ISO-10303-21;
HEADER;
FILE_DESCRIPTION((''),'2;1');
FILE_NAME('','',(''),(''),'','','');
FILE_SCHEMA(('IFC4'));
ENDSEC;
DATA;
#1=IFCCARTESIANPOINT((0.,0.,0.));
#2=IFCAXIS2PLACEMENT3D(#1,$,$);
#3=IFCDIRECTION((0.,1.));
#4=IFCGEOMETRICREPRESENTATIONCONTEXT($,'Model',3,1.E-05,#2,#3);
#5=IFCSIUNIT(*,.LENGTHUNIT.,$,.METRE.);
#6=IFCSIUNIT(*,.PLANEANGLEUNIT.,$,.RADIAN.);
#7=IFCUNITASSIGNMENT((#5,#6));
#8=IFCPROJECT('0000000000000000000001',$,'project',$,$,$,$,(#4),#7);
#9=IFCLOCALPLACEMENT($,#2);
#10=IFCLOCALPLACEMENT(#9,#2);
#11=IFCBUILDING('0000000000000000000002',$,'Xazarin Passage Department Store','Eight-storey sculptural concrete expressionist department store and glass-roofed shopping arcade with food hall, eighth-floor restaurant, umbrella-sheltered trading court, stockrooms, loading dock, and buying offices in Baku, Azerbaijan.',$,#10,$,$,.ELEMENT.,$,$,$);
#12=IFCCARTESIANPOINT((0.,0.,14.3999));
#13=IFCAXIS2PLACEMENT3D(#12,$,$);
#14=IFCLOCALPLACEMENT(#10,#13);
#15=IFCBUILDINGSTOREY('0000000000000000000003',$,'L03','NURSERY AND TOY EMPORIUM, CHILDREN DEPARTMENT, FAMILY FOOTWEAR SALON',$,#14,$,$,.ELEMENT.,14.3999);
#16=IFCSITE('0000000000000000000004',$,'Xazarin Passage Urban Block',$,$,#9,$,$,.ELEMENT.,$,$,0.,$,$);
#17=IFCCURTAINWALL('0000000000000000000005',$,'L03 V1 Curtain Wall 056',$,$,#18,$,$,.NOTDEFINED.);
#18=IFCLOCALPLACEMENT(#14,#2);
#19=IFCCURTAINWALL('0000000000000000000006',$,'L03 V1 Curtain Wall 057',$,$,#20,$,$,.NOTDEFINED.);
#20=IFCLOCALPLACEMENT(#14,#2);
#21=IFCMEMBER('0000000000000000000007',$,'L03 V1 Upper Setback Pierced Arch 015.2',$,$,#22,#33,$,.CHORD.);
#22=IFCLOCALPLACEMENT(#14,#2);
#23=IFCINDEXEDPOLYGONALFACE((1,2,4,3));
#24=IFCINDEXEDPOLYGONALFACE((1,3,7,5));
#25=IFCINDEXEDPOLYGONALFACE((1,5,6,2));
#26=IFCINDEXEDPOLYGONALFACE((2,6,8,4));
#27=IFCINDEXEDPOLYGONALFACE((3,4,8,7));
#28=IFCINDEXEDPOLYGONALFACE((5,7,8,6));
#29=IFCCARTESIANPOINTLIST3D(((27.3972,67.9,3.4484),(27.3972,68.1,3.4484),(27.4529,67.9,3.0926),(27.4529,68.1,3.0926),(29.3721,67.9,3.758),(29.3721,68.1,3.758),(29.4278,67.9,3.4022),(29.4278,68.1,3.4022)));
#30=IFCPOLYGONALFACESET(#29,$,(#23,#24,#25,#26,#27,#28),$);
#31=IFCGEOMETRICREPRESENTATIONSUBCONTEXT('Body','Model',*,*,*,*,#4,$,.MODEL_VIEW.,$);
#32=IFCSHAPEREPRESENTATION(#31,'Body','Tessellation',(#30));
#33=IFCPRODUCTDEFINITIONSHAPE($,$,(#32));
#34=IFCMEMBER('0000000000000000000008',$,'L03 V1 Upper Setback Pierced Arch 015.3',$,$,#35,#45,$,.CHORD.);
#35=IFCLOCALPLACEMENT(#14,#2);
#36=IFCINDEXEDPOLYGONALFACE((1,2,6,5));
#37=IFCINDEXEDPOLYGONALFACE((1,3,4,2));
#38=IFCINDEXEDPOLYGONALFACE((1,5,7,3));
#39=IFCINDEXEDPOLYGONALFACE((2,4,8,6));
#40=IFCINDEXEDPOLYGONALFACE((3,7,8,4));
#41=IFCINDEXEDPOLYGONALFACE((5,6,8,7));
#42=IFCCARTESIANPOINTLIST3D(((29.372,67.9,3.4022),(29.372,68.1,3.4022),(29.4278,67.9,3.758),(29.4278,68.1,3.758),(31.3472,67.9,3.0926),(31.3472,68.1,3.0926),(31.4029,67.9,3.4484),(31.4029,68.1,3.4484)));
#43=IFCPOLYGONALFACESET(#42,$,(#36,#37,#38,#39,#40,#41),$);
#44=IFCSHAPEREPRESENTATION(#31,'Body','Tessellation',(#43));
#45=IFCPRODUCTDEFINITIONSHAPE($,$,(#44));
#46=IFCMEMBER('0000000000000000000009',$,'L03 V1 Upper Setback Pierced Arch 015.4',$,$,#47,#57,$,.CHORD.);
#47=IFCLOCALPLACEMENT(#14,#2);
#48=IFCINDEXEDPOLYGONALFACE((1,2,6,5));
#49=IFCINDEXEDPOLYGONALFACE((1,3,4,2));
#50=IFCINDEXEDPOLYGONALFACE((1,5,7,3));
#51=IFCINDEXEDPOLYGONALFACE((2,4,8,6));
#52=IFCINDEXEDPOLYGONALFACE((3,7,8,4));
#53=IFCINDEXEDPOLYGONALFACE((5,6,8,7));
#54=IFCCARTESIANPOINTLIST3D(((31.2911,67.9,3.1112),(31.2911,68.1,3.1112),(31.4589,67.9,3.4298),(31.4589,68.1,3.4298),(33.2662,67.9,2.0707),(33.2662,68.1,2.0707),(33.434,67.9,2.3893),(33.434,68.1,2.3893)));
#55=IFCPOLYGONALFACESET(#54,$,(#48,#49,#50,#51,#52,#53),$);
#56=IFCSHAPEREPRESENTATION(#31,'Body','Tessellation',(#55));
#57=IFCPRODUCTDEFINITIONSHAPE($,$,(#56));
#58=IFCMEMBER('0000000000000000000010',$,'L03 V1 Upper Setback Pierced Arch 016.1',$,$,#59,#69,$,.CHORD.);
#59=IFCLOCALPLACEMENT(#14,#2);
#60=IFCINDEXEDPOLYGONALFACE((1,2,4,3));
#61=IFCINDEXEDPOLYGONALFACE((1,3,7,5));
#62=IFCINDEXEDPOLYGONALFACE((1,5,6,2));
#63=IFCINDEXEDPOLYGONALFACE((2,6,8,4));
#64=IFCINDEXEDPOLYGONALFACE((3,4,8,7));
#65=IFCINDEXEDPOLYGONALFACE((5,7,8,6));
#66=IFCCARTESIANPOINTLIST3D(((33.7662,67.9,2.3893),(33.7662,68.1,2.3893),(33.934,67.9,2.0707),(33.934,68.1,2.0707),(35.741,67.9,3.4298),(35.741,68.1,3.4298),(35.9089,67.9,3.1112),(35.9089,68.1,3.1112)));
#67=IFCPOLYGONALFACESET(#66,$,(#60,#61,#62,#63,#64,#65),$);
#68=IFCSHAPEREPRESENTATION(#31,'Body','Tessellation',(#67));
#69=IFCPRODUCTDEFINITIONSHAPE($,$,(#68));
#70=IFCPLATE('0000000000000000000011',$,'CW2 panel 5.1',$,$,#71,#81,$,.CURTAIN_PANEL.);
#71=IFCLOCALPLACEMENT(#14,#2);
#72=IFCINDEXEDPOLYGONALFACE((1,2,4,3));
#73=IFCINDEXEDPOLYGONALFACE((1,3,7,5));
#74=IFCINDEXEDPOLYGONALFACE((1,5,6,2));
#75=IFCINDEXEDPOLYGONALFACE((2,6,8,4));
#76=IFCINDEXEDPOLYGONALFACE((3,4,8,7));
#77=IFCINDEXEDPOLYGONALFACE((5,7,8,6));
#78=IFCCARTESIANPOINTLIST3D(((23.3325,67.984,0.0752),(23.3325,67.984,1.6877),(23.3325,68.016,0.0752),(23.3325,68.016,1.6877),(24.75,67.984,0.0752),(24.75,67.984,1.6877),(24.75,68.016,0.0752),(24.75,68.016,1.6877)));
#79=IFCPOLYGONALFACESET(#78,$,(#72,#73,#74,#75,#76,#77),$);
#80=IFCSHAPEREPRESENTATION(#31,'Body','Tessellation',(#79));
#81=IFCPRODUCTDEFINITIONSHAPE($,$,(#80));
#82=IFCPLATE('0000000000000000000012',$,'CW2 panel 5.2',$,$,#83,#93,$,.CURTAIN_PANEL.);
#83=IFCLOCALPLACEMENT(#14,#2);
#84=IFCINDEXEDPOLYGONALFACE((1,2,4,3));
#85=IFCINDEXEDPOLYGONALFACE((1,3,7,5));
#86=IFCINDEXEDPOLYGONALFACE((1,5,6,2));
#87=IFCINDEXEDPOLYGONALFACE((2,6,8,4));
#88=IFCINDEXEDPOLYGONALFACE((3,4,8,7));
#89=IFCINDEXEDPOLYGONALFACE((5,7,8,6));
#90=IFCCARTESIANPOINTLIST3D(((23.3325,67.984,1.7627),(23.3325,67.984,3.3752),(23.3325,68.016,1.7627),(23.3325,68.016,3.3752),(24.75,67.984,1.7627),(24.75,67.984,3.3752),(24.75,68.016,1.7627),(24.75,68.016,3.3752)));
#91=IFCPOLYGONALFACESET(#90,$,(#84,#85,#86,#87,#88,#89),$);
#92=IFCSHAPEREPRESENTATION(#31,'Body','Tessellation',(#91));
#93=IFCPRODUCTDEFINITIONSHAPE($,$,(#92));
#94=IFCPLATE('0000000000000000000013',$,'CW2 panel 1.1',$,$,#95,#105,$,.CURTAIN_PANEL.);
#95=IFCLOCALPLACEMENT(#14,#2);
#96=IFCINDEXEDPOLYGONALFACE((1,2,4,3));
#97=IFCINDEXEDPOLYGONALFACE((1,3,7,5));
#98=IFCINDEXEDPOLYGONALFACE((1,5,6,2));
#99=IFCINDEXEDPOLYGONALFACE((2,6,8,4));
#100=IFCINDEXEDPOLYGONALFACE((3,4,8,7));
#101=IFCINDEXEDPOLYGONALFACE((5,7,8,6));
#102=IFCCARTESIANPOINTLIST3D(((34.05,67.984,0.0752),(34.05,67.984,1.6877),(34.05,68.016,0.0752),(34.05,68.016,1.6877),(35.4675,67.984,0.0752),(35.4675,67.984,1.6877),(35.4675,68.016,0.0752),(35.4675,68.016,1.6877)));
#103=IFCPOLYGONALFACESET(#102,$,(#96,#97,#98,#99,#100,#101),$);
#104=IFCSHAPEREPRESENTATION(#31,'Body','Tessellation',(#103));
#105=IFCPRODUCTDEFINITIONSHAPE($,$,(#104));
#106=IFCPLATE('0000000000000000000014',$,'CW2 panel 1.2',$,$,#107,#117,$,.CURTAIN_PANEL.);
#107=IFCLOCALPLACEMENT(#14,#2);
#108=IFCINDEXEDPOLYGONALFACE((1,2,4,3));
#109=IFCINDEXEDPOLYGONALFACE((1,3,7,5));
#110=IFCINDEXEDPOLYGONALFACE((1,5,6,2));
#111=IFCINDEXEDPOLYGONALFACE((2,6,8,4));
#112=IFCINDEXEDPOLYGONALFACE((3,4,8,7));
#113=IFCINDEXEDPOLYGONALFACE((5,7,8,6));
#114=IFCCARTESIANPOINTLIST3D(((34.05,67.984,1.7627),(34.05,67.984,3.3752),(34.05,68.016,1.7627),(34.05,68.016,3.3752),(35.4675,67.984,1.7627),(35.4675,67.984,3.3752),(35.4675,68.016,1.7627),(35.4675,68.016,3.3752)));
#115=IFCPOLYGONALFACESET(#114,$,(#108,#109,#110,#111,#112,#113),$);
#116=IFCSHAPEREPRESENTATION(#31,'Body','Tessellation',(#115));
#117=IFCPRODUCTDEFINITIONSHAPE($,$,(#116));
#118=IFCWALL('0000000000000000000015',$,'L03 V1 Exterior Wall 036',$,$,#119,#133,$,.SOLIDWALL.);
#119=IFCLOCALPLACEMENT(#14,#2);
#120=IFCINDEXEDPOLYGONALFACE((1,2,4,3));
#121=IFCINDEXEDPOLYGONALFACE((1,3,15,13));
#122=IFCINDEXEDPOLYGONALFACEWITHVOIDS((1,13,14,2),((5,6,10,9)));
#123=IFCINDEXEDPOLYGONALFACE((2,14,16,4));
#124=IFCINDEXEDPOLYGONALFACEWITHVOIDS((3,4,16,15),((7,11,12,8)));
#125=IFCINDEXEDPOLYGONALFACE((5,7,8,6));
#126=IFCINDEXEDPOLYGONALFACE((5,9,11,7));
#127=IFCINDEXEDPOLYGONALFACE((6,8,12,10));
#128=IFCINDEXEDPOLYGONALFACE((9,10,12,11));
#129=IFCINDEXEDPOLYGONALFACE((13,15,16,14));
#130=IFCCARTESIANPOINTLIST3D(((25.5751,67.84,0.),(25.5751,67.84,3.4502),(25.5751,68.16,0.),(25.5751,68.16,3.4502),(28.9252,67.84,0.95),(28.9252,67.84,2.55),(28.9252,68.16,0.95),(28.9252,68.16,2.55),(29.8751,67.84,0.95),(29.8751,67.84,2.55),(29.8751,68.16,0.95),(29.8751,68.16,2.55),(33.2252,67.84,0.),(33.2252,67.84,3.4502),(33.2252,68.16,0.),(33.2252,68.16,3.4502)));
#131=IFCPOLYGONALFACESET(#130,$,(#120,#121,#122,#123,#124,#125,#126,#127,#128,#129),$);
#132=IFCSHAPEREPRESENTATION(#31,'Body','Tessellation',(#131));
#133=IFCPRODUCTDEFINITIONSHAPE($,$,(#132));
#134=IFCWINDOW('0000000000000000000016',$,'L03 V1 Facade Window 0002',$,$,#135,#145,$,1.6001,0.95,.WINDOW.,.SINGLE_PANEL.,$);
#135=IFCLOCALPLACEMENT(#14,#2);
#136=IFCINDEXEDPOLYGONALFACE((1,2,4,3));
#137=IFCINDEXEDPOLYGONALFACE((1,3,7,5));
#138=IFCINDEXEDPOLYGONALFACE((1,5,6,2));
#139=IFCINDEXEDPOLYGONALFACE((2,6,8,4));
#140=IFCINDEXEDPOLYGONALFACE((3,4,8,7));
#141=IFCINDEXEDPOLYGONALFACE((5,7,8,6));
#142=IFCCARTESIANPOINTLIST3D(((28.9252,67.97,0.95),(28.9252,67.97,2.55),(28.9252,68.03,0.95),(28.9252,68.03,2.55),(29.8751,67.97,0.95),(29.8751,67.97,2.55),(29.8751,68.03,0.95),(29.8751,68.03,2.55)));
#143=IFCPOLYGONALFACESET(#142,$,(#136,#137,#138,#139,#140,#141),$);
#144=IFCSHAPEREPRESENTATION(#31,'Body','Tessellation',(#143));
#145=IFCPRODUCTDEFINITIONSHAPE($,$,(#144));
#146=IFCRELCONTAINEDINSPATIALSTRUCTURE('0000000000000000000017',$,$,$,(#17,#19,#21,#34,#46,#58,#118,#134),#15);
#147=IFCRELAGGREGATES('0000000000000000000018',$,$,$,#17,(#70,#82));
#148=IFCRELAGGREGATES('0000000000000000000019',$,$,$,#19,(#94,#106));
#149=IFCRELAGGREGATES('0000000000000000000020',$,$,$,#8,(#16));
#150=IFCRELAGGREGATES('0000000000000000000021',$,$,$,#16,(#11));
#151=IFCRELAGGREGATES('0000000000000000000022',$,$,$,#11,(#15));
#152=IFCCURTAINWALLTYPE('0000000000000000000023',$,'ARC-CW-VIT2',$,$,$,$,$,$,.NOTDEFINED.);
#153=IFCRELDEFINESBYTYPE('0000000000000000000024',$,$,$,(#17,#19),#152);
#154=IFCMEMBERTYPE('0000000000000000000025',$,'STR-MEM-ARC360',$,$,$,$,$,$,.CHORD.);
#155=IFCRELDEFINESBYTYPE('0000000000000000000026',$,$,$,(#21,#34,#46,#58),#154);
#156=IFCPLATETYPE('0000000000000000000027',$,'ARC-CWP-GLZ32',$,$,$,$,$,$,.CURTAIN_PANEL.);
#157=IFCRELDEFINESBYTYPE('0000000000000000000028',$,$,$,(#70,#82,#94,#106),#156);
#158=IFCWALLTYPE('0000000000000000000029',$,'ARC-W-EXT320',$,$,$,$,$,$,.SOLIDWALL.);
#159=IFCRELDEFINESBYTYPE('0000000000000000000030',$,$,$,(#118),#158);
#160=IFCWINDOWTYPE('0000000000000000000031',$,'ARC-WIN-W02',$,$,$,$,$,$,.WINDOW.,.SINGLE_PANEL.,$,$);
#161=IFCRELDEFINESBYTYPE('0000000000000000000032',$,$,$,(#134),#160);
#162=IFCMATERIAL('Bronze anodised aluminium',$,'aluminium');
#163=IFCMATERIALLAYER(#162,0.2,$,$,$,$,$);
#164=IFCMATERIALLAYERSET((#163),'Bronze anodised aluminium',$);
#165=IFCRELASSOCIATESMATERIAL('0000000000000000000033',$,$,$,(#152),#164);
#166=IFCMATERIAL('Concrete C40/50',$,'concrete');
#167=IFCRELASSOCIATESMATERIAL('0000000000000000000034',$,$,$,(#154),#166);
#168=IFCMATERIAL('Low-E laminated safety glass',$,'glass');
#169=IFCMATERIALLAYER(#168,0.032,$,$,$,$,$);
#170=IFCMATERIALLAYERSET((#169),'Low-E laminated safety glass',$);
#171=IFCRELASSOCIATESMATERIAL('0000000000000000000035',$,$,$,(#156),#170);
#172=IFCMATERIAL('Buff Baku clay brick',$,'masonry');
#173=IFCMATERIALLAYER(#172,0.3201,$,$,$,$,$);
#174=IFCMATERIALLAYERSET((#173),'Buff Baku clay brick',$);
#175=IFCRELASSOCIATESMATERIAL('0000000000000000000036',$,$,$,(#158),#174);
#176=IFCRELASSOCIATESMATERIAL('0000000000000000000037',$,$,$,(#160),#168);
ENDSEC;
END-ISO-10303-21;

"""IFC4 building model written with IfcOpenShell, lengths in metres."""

from ifc_helpers import new_model, si_unit, direction, frame, frame_2d, origin, origin_2d, place, context, subcontext, project, spatial, rectangle, extrude, material, layer, layer_set, material_profile, profile_set, type_object, element, fill, aggregate, save


model = new_model("IFC4")

# Units and contexts
model_context = context("Model", 3, precision=1e-05, world=origin(), true_north=direction((0.0, 1.0)))
body_context = subcontext(model_context, "Body", "Model", "MODEL_VIEW")
ifc_project = project(units=[si_unit("LENGTHUNIT", "METRE"), si_unit("PLANEANGLEUNIT", "RADIAN")], contexts=[model_context])

# Site, building, storey
site_placement = place(None, origin())
site = spatial("IfcSite", under=ifc_project, at=site_placement, Name="Xazarin Passage Urban Block", CompositionType="ELEMENT", RefElevation=0.0)
building_placement = place(site_placement, origin())
building = spatial("IfcBuilding", under=site, at=building_placement, Name="Xazarin Passage Department Store", Description="Eight-storey sculptural concrete expressionist department store and glass-roofed shopping arcade with food hall, eighth-floor restaurant, umbrella-sheltered trading court, stockrooms, loading dock, and buying offices in Baku, Azerbaijan.", CompositionType="ELEMENT")
storey_placement = place(building_placement, frame((0.0, 0.0, 14.3999)))
storey = spatial("IfcBuildingStorey", under=building, at=storey_placement, Name="L03", Description="NURSERY AND TOY EMPORIUM, CHILDREN DEPARTMENT, FAMILY FOOTWEAR SALON", CompositionType="ELEMENT", Elevation=14.3999)

# Shared definitions
ifc_material_1 = material(Name="Concrete C40/50", Category="concrete")

# Curtain walls
ifc_material_2 = material(Name="Bronze anodised aluminium", Category="aluminium")
ifc_layer_1 = layer(ifc_material_2, 0.2)
ifc_layer_set_1 = layer_set([ifc_layer_1], Name="Bronze anodised aluminium")
curtain_wall_type = type_object("IfcCurtainWallType", Name="ARC-CW-VIT2", PredefinedType="NOTDEFINED", material=ifc_layer_set_1)
curtain_wall_1_placement = place(storey_placement, origin())
curtain_wall_1 = element("IfcCurtainWall", 1, at=curtain_wall_1_placement, inside=storey, type_object=curtain_wall_type, Name="L03 V1 Curtain Wall 056", PredefinedType="NOTDEFINED")
curtain_wall_2_placement = place(storey_placement, origin())
curtain_wall_2 = element("IfcCurtainWall", 2, at=curtain_wall_2_placement, inside=storey, type_object=curtain_wall_type, Name="L03 V1 Curtain Wall 057", PredefinedType="NOTDEFINED")

# Members
ifc_material_profile_1 = material_profile(ifc_material_1, rectangle(XDim=0.2, YDim=0.3601, at=origin_2d()), Name="RC 200x360")
ifc_profile_set_1 = profile_set([ifc_material_profile_1], Name="Concrete C40/50")
member_type_1 = type_object("IfcMemberType", Name="STR-MEM-ARC360", PredefinedType="CHORD", material=ifc_profile_set_1)
member_1_placement = place(storey_placement, frame((27.425, 68.0, 3.2705), z_axis=(0.987936, 0.0, 0.154865), x_axis=(0.0, 1.0, 0.0)))
element("IfcMember", 3, at=member_1_placement, inside=storey, type_object=member_type_1, Name="L03 V1 Upper Setback Pierced Arch 015.2", PredefinedType="CHORD", context=body_context, shape_type="SweptSolid", body=[
    extrude(rectangle(XDim=0.2, YDim=0.3601, at=origin_2d()), origin(), (0.0, 0.0, 1.0), 1.999),
])
member_2_placement = place(storey_placement, frame((29.3999, 68.0, 3.5801), z_axis=(0.987939, 0.0, -0.154846), x_axis=(0.0, 1.0, 0.0)))
element("IfcMember", 4, at=member_2_placement, inside=storey, type_object=member_type_1, Name="L03 V1 Upper Setback Pierced Arch 015.3", PredefinedType="CHORD", context=body_context, shape_type="SweptSolid", body=[
    extrude(rectangle(XDim=0.2, YDim=0.3601, at=origin_2d()), origin(), (0.0, 0.0, 1.0), 1.9993),
])
member_3_placement = place(storey_placement, frame((31.375, 68.0, 3.2705), z_axis=(0.884733, 0.0, -0.466098), x_axis=(0.0, 1.0, 0.0)))
element("IfcMember", 5, at=member_3_placement, inside=storey, type_object=member_type_1, Name="L03 V1 Upper Setback Pierced Arch 015.4", PredefinedType="CHORD", context=body_context, shape_type="SweptSolid", body=[
    extrude(rectangle(XDim=0.2, YDim=0.3601, at=origin_2d()), origin(), (0.0, 0.0, 1.0), 2.2324),
])
member_4_placement = place(storey_placement, frame((33.8501, 68.0, 2.23), z_axis=(0.884709, 0.0, 0.466143), x_axis=(0.0, 1.0, 0.0)))
element("IfcMember", 6, at=member_4_placement, inside=storey, type_object=member_type_1, Name="L03 V1 Upper Setback Pierced Arch 016.1", PredefinedType="CHORD", context=body_context, shape_type="SweptSolid", body=[
    extrude(rectangle(XDim=0.2, YDim=0.3601, at=origin_2d()), origin(), (0.0, 0.0, 1.0), 2.2322),
])

# Plates
ifc_material_3 = material(Name="Low-E laminated safety glass", Category="glass")
ifc_layer_2 = layer(ifc_material_3, 0.032)
ifc_layer_set_2 = layer_set([ifc_layer_2], Name="Low-E laminated safety glass")
plate_type = type_object("IfcPlateType", Name="ARC-CWP-GLZ32", PredefinedType="CURTAIN_PANEL", material=ifc_layer_set_2)
plate_1_placement = place(storey_placement, frame((24.0413, 68.0, 0.0752), z_axis=(0.0, 0.0, 1.0), x_axis=(1.0, 0.0, 0.0)))
plate_1 = element("IfcPlate", 7, at=plate_1_placement, type_object=plate_type, Name="CW2 panel 5.1", PredefinedType="CURTAIN_PANEL", context=body_context, shape_type="SweptSolid", body=[
    extrude(rectangle(XDim=1.4175, YDim=0.032, at=origin_2d()), origin(), (0.0, 0.0, 1.0), 1.6125),
])
plate_2_placement = place(storey_placement, frame((24.0413, 68.0, 1.7627), z_axis=(0.0, 0.0, 1.0), x_axis=(1.0, 0.0, 0.0)))
plate_2 = element("IfcPlate", 8, at=plate_2_placement, type_object=plate_type, Name="CW2 panel 5.2", PredefinedType="CURTAIN_PANEL", context=body_context, shape_type="SweptSolid", body=[
    extrude(rectangle(XDim=1.4175, YDim=0.032, at=origin_2d()), origin(), (0.0, 0.0, 1.0), 1.6125),
])
aggregate(curtain_wall_1, [plate_1, plate_2])
plate_3_placement = place(storey_placement, frame((34.7588, 68.0, 0.0752), z_axis=(0.0, 0.0, 1.0), x_axis=(1.0, 0.0, 0.0)))
plate_3 = element("IfcPlate", 9, at=plate_3_placement, type_object=plate_type, Name="CW2 panel 1.1", PredefinedType="CURTAIN_PANEL", context=body_context, shape_type="SweptSolid", body=[
    extrude(rectangle(XDim=1.4175, YDim=0.032, at=origin_2d()), origin(), (0.0, 0.0, 1.0), 1.6125),
])
plate_4_placement = place(storey_placement, frame((34.7588, 68.0, 1.7627), z_axis=(0.0, 0.0, 1.0), x_axis=(1.0, 0.0, 0.0)))
plate_4 = element("IfcPlate", 10, at=plate_4_placement, type_object=plate_type, Name="CW2 panel 1.2", PredefinedType="CURTAIN_PANEL", context=body_context, shape_type="SweptSolid", body=[
    extrude(rectangle(XDim=1.4175, YDim=0.032, at=origin_2d()), origin(), (0.0, 0.0, 1.0), 1.6125),
])
aggregate(curtain_wall_2, [plate_3, plate_4])

# Wall, opening, window
ifc_material_4 = material(Name="Buff Baku clay brick", Category="masonry")
ifc_layer_3 = layer(ifc_material_4, 0.3201)
ifc_layer_set_3 = layer_set([ifc_layer_3], Name="Buff Baku clay brick")
wall_type = type_object("IfcWallType", Name="ARC-W-EXT320", PredefinedType="SOLIDWALL", material=ifc_layer_set_3)
wall_placement = place(storey_placement, frame((25.575, 68.0, 0.0), z_axis=(0.0, 0.0, 1.0), x_axis=(1.0, 0.0, 0.0)))
wall = element("IfcWall", 11, at=wall_placement, inside=storey, type_object=wall_type, Name="L03 V1 Exterior Wall 036", PredefinedType="SOLIDWALL", context=body_context, shape_type="SweptSolid", body=[
    extrude(rectangle(XDim=7.6501, YDim=0.3201, at=frame_2d((3.8252, 0.0))), origin(), (0.0, 0.0, 1.0), 3.4502),
])
opening_placement = place(wall_placement, frame((3.3501, 0.0, 0.95)))
opening = element("IfcOpeningElement", 12, at=opening_placement, cuts=wall, PredefinedType="OPENING", context=body_context, shape_type="SweptSolid", body=[
    extrude(rectangle(XDim=0.95, YDim=1.6001, at=frame_2d((0.4751, 0.8))), frame((0.0, 0.1699, 0.0), z_axis=(0.0, -1.0, 0.0), x_axis=(1.0, 0.0, 0.0)), (0.0, 0.0, 1.0), 0.3401),
])
window_type = type_object("IfcWindowType", Name="ARC-WIN-W02", PartitioningType="SINGLE_PANEL", PredefinedType="WINDOW", material=ifc_material_3)
window_placement = place(opening_placement, origin())
window = element("IfcWindow", 13, at=window_placement, inside=storey, type_object=window_type, Name="L03 V1 Facade Window 0002", OverallHeight=1.6001, OverallWidth=0.95, PartitioningType="SINGLE_PANEL", PredefinedType="WINDOW", context=body_context, shape_type="SweptSolid", body=[
    extrude(rectangle(XDim=0.95, YDim=1.6001, at=frame_2d((0.4751, 0.8))), frame((0.0, 0.03, 0.0), z_axis=(0.0, -1.0, 0.0), x_axis=(1.0, 0.0, 0.0)), (0.0, 0.0, 1.0), 0.0601),
])
fill(opening, window)

save(model, "model.ifc")
